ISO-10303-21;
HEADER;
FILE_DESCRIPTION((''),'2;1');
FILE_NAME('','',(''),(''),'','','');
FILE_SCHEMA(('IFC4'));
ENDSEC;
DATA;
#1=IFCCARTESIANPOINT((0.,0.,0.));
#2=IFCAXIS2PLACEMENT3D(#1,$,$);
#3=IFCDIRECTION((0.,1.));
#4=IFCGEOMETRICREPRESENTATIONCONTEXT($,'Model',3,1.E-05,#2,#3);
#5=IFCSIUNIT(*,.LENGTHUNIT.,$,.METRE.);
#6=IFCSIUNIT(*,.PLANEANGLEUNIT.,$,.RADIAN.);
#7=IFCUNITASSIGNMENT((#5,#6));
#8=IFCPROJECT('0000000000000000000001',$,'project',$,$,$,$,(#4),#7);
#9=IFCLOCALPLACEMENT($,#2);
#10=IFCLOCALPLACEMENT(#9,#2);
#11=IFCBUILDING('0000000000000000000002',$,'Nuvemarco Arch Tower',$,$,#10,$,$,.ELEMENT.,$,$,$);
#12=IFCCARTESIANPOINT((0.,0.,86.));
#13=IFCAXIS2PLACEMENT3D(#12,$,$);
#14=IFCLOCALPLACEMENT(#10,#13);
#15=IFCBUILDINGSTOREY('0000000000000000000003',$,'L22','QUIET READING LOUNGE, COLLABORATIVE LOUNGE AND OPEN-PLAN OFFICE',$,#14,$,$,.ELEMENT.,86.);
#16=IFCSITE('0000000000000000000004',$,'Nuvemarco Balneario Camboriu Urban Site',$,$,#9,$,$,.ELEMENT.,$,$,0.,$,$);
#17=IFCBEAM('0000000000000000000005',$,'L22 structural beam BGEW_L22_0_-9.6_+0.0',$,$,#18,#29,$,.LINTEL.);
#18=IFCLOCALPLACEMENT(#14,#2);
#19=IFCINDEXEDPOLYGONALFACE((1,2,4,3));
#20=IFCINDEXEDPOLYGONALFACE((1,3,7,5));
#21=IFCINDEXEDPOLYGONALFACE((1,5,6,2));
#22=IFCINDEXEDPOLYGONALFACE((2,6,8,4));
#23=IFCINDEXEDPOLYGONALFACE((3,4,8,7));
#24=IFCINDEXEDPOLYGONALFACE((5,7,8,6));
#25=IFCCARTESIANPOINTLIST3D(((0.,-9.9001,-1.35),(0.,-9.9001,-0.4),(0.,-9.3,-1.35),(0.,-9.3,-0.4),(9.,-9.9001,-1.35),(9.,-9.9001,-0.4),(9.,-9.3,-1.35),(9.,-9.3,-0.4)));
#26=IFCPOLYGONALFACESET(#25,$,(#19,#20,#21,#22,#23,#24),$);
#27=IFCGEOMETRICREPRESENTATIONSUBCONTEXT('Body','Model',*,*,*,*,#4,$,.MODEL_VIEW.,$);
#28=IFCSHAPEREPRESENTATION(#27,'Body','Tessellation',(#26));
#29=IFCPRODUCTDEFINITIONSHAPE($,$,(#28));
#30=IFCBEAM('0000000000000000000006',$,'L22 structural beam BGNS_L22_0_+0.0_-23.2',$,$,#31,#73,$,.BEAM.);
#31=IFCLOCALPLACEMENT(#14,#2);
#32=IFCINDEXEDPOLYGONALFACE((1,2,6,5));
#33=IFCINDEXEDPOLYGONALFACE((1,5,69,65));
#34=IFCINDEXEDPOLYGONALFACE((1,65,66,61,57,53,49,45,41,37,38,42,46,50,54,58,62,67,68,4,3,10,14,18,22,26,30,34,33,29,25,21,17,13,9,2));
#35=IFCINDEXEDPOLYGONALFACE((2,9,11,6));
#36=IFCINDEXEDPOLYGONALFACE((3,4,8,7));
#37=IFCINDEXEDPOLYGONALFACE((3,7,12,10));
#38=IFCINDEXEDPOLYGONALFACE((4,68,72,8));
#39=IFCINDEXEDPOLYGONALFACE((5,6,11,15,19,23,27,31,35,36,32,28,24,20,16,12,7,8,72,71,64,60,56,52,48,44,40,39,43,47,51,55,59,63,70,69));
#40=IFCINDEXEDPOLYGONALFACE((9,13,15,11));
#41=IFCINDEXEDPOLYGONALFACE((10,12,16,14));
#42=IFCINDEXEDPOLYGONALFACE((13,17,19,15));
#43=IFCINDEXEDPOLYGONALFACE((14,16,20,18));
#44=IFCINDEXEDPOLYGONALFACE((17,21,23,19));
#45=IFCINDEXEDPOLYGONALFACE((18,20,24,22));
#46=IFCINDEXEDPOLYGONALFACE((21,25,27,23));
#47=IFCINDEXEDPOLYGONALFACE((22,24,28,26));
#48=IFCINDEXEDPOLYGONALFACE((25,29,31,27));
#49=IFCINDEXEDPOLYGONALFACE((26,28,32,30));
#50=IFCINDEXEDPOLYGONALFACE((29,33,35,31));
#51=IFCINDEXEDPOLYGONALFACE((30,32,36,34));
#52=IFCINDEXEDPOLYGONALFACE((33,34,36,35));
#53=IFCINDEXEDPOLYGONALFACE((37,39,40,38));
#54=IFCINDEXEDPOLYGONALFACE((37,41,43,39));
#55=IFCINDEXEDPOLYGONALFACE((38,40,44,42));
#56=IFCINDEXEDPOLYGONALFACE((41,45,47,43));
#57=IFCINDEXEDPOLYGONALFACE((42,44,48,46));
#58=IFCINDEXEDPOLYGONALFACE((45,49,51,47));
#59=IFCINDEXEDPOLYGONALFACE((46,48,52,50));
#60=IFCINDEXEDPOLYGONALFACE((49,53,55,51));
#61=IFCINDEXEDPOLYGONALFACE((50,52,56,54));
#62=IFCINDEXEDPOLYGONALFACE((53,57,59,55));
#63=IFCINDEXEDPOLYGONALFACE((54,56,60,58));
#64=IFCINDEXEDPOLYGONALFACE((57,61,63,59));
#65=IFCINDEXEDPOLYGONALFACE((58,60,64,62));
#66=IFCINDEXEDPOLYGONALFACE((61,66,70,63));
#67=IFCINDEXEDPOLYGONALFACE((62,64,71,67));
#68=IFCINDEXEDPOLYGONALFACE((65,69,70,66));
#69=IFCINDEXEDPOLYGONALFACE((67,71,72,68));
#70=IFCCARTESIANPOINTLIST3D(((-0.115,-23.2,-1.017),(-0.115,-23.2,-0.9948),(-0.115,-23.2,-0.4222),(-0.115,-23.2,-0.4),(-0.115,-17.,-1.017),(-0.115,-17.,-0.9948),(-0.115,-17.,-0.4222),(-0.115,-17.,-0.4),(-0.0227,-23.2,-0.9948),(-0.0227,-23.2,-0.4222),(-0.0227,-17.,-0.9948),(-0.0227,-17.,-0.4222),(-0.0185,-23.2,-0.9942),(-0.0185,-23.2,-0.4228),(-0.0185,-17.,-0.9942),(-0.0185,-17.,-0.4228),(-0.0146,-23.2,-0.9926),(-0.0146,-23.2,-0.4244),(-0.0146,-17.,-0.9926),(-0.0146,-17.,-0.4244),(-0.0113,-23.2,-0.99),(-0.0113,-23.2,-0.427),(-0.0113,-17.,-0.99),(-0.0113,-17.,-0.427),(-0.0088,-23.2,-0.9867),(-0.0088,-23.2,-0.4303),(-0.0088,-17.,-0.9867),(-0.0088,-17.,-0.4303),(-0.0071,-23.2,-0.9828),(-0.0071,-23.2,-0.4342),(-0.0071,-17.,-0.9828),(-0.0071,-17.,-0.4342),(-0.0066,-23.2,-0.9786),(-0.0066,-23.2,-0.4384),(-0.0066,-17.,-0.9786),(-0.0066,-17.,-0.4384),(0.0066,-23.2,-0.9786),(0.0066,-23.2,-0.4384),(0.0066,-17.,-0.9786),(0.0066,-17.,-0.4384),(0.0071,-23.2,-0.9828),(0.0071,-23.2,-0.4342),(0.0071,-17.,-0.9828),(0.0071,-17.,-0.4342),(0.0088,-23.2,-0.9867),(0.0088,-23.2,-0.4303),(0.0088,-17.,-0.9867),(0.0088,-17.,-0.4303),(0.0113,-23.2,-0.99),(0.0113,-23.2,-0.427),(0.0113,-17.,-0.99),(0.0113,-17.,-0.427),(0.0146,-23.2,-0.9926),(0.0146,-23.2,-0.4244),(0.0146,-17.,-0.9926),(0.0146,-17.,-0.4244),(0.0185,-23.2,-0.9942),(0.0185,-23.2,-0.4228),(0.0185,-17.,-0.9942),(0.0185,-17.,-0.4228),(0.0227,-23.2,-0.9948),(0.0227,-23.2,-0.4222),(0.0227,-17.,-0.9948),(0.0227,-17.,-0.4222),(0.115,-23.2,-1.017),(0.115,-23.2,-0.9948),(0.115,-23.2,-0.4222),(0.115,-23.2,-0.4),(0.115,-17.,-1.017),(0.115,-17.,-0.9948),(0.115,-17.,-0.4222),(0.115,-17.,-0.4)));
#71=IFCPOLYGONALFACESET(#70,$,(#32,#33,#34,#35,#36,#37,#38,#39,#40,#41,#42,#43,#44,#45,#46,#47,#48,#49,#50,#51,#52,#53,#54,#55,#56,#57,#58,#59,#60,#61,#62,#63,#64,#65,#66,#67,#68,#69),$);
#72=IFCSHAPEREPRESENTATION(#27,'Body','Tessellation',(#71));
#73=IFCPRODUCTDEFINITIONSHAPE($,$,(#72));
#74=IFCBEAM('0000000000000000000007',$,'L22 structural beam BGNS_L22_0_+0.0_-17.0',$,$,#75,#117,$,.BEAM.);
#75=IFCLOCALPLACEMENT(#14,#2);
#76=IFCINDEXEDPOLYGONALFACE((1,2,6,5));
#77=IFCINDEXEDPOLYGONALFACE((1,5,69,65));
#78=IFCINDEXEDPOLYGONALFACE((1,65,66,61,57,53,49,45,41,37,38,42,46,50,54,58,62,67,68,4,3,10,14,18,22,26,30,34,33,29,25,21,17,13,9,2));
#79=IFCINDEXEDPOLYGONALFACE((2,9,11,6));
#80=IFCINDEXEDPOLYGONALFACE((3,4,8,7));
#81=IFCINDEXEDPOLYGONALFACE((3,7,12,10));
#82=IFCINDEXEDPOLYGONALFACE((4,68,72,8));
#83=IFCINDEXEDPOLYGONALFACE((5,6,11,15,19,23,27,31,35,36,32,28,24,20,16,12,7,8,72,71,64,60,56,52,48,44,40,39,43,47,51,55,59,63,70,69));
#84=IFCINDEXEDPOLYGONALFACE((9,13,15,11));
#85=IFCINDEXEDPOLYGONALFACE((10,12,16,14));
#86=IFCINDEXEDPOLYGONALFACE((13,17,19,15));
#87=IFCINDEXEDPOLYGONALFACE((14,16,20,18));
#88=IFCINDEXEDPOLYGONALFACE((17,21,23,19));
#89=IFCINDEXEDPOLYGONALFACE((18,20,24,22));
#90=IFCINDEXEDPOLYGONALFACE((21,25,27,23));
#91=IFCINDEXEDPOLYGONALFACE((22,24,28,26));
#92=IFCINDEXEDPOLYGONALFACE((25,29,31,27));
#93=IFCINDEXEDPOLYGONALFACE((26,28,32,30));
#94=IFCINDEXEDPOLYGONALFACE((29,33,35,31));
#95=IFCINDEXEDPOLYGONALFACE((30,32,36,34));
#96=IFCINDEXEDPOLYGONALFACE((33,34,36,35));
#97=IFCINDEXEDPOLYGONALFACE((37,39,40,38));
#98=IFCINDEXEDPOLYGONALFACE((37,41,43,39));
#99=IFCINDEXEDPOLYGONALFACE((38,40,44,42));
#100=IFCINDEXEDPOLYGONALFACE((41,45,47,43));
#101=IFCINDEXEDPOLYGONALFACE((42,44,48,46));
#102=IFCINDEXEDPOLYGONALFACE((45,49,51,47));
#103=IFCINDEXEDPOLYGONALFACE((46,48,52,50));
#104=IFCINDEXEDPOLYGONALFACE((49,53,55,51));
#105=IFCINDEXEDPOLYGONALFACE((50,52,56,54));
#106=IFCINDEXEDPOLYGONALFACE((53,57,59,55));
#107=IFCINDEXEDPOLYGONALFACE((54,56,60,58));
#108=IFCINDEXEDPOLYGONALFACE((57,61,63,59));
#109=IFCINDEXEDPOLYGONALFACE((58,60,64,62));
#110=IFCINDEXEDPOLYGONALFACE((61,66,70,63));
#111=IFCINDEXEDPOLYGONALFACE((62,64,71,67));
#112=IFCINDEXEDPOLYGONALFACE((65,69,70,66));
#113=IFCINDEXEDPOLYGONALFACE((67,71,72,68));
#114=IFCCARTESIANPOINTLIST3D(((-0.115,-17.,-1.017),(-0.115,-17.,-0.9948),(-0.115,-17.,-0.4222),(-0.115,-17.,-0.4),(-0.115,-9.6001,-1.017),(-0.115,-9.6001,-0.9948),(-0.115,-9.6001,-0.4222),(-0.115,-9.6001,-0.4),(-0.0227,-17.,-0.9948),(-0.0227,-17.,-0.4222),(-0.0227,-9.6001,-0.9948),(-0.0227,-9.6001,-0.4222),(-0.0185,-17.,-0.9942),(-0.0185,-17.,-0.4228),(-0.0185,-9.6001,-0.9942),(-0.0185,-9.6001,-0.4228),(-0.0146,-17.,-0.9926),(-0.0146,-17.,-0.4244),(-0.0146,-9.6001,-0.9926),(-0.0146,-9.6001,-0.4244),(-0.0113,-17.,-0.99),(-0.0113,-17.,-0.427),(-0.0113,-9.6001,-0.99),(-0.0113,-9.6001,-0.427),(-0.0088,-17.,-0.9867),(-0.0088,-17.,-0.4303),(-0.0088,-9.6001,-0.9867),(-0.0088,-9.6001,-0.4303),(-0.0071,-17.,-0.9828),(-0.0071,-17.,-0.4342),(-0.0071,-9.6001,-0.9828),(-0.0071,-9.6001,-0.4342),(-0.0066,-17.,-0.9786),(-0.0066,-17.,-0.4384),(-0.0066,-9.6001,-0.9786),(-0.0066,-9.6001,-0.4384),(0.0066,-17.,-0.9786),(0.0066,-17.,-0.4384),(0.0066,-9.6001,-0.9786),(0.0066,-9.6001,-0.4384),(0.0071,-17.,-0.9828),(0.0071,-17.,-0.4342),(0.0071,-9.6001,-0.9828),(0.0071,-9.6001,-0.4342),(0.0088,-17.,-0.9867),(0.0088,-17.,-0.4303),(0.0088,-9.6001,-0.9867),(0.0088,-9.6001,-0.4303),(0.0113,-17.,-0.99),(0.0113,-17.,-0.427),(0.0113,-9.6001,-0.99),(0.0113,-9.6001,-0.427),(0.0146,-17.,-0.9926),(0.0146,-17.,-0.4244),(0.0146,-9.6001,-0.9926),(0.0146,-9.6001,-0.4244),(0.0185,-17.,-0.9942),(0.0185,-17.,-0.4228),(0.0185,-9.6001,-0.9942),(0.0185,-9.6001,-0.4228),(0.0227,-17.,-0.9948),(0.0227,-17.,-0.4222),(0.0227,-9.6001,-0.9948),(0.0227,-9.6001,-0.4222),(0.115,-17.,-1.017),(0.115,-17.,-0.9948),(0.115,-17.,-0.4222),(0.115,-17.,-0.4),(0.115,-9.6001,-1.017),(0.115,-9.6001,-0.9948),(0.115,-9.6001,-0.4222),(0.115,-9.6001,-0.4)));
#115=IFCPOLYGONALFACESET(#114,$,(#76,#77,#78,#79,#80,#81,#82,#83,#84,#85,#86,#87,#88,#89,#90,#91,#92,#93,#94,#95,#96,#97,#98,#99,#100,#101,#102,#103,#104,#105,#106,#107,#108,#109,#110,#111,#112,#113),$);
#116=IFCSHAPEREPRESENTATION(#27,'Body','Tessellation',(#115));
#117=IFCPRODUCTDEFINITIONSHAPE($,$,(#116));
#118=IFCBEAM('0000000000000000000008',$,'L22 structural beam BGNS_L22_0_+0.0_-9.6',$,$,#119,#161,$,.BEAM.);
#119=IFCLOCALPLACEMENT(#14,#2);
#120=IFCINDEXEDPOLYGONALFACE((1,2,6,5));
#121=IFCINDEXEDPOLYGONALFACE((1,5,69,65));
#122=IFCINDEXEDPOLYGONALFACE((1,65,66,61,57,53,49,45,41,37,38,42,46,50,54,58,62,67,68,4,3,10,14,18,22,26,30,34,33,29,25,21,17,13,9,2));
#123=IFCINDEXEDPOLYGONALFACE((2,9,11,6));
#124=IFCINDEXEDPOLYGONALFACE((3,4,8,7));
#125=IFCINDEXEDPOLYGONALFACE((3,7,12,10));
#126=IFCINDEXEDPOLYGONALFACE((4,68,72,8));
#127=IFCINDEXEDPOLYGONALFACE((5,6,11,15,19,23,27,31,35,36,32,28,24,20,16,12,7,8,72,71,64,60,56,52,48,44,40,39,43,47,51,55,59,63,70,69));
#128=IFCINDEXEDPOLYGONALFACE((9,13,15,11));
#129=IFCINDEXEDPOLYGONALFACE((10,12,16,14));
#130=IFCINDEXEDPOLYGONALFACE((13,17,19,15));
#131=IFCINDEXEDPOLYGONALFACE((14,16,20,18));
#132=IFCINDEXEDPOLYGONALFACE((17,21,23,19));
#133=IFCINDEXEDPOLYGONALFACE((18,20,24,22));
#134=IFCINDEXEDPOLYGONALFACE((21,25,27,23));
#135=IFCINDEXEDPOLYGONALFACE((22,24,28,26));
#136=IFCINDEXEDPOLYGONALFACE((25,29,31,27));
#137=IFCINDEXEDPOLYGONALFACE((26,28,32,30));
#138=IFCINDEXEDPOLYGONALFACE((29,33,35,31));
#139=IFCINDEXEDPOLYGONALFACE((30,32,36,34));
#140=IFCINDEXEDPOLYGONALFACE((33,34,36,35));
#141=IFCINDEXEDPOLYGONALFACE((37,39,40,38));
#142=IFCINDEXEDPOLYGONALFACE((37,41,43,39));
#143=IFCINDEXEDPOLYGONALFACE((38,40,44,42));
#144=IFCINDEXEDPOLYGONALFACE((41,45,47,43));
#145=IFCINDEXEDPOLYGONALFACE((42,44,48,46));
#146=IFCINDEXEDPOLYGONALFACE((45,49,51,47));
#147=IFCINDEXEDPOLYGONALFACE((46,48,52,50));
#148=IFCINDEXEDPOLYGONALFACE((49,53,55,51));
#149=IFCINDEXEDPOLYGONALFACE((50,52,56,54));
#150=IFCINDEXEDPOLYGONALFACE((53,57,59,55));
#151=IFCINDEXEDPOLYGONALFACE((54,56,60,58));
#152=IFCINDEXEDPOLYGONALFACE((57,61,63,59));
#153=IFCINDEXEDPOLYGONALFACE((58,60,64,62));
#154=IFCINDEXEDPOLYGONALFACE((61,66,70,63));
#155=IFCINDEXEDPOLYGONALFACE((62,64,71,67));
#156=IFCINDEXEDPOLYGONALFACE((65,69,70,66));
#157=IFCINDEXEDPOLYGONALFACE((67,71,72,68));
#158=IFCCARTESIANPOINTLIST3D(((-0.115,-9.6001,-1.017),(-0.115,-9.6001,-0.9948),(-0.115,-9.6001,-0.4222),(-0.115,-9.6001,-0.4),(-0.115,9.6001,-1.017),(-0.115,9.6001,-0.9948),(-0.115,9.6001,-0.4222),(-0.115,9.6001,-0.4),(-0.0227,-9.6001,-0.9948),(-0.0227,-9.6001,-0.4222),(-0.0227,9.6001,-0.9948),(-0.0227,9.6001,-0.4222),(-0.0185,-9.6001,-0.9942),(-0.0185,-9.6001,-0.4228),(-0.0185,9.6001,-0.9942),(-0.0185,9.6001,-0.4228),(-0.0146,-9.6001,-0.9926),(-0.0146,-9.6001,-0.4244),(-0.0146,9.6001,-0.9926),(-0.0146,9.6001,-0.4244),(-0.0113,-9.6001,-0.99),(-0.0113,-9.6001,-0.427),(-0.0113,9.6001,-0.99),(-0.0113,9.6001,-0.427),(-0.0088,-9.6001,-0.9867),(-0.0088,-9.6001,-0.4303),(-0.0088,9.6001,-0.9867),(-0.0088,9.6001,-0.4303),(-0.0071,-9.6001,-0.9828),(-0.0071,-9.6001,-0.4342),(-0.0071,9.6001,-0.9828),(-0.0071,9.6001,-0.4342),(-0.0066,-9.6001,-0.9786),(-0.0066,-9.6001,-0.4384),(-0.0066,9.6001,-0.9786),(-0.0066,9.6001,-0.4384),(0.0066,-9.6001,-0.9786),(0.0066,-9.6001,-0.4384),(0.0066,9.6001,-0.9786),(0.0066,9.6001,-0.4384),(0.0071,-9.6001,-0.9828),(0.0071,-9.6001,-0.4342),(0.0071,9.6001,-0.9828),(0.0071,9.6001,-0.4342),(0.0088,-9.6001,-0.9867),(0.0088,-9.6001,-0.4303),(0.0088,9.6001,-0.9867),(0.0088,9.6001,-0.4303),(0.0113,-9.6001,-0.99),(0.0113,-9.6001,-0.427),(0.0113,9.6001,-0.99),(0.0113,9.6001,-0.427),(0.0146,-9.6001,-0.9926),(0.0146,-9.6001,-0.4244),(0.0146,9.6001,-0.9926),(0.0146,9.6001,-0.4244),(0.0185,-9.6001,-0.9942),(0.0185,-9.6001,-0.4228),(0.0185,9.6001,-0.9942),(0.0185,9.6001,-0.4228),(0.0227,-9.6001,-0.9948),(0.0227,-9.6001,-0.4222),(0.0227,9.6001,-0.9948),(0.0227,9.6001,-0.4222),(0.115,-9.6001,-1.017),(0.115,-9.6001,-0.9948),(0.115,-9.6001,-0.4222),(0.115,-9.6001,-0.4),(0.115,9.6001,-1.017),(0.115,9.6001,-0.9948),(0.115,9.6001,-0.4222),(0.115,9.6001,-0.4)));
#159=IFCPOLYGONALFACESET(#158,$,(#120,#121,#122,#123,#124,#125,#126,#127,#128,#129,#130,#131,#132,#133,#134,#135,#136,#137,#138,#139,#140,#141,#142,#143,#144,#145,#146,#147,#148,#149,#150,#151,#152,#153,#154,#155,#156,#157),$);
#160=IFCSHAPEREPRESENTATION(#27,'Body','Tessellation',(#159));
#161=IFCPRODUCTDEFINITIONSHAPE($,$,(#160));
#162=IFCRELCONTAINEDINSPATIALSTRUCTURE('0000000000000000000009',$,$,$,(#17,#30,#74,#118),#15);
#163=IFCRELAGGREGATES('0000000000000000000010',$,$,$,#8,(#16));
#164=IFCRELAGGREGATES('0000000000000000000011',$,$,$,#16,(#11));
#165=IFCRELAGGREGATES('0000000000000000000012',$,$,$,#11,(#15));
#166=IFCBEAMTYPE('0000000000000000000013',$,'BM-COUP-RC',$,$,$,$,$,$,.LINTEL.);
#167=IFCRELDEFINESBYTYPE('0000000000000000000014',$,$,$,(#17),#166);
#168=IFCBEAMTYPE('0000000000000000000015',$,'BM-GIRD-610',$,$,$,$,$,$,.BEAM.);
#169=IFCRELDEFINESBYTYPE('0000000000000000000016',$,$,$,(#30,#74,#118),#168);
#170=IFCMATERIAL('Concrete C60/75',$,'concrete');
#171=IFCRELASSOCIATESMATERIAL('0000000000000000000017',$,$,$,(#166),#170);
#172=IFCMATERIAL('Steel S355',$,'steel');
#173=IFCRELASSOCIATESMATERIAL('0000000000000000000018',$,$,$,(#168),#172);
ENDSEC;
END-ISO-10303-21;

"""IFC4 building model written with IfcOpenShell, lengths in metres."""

from ifc_helpers import new_model, si_unit, direction, frame, origin, origin_2d, place, context, subcontext, project, spatial, rectangle, i_section, extrude, material, material_profile, profile_set, type_object, element, save


model = new_model("IFC4")

# Units and contexts
model_context = context("Model", 3, precision=1e-05, world=origin(), true_north=direction((0.0, 1.0)))
body_context = subcontext(model_context, "Body", "Model", "MODEL_VIEW")
ifc_project = project(units=[si_unit("LENGTHUNIT", "METRE"), si_unit("PLANEANGLEUNIT", "RADIAN")], contexts=[model_context])

# Site, building, storey
site_placement = place(None, origin())
site = spatial("IfcSite", under=ifc_project, at=site_placement, Name="Nuvemarco Balneario Camboriu Urban Site", CompositionType="ELEMENT", RefElevation=0.0)
building_placement = place(site_placement, origin())
building = spatial("IfcBuilding", under=site, at=building_placement, Name="Nuvemarco Arch Tower", CompositionType="ELEMENT")
storey_placement = place(building_placement, frame((0.0, 0.0, 86.0)))
storey = spatial("IfcBuildingStorey", under=building, at=storey_placement, Name="L22", Description="QUIET READING LOUNGE, COLLABORATIVE LOUNGE AND OPEN-PLAN OFFICE", CompositionType="ELEMENT", Elevation=86.0)

# Shared definitions
ifc_material_1 = material(Name="Concrete C60/75", Category="concrete")
ifc_material_2 = material(Name="Steel S355", Category="steel")

# Beams
ifc_material_profile_1 = material_profile(ifc_material_1, rectangle(XDim=0.6001, YDim=0.95, at=origin_2d()), Name="RC-BM-600x950")
ifc_profile_set_1 = profile_set([ifc_material_profile_1], Name="Concrete C60/75")
beam_type_1 = type_object("IfcBeamType", Name="BM-COUP-RC", PredefinedType="LINTEL", material=ifc_profile_set_1)
beam_1_placement = place(storey_placement, frame((0.0, -9.6001, -0.875), z_axis=(1.0, 0.0, 0.0), x_axis=(0.0, 1.0, 0.0)))
element("IfcBeam", 1, at=beam_1_placement, inside=storey, type_object=beam_type_1, Name="L22 structural beam BGEW_L22_0_-9.6_+0.0", PredefinedType="LINTEL", context=body_context, shape_type="SweptSolid", body=[
    extrude(rectangle(XDim=0.6001, YDim=0.95, at=origin_2d()), origin(), (0.0, 0.0, 1.0), 9.0),
])
ifc_material_profile_2 = material_profile(ifc_material_2, i_section(OverallWidth=0.23, OverallDepth=0.6169, WebThickness=0.0132, FlangeThickness=0.0222, FilletRadius=0.0161, at=origin_2d()), Name="W610x140")
ifc_profile_set_2 = profile_set([ifc_material_profile_2], Name="Steel S355")
beam_type_2 = type_object("IfcBeamType", Name="BM-GIRD-610", PredefinedType="BEAM", material=ifc_profile_set_2)
beam_2_placement = place(storey_placement, frame((0.0, -23.2, -0.7085), z_axis=(0.0, 1.0, 0.0), x_axis=(-1.0, 0.0, 0.0)))
element("IfcBeam", 2, at=beam_2_placement, inside=storey, type_object=beam_type_2, Name="L22 structural beam BGNS_L22_0_+0.0_-23.2", PredefinedType="BEAM", context=body_context, shape_type="SweptSolid", body=[
    extrude(i_section(OverallWidth=0.23, OverallDepth=0.6169, WebThickness=0.0132, FlangeThickness=0.0222, FilletRadius=0.0161, at=origin_2d()), origin(), (0.0, 0.0, 1.0), 6.2),
])
beam_3_placement = place(storey_placement, frame((0.0, -17.0, -0.7085), z_axis=(0.0, 1.0, 0.0), x_axis=(-1.0, 0.0, 0.0)))
element("IfcBeam", 3, at=beam_3_placement, inside=storey, type_object=beam_type_2, Name="L22 structural beam BGNS_L22_0_+0.0_-17.0", PredefinedType="BEAM", context=body_context, shape_type="SweptSolid", body=[
    extrude(i_section(OverallWidth=0.23, OverallDepth=0.6169, WebThickness=0.0132, FlangeThickness=0.0222, FilletRadius=0.0161, at=origin_2d()), origin(), (0.0, 0.0, 1.0), 7.3999),
])
beam_4_placement = place(storey_placement, frame((0.0, -9.6001, -0.7085), z_axis=(0.0, 1.0, 0.0), x_axis=(-1.0, 0.0, 0.0)))
element("IfcBeam", 4, at=beam_4_placement, inside=storey, type_object=beam_type_2, Name="L22 structural beam BGNS_L22_0_+0.0_-9.6", PredefinedType="BEAM", context=body_context, shape_type="SweptSolid", body=[
    extrude(i_section(OverallWidth=0.23, OverallDepth=0.6169, WebThickness=0.0132, FlangeThickness=0.0222, FilletRadius=0.0161, at=origin_2d()), origin(), (0.0, 0.0, 1.0), 19.2002),
])

save(model, "model.ifc")
